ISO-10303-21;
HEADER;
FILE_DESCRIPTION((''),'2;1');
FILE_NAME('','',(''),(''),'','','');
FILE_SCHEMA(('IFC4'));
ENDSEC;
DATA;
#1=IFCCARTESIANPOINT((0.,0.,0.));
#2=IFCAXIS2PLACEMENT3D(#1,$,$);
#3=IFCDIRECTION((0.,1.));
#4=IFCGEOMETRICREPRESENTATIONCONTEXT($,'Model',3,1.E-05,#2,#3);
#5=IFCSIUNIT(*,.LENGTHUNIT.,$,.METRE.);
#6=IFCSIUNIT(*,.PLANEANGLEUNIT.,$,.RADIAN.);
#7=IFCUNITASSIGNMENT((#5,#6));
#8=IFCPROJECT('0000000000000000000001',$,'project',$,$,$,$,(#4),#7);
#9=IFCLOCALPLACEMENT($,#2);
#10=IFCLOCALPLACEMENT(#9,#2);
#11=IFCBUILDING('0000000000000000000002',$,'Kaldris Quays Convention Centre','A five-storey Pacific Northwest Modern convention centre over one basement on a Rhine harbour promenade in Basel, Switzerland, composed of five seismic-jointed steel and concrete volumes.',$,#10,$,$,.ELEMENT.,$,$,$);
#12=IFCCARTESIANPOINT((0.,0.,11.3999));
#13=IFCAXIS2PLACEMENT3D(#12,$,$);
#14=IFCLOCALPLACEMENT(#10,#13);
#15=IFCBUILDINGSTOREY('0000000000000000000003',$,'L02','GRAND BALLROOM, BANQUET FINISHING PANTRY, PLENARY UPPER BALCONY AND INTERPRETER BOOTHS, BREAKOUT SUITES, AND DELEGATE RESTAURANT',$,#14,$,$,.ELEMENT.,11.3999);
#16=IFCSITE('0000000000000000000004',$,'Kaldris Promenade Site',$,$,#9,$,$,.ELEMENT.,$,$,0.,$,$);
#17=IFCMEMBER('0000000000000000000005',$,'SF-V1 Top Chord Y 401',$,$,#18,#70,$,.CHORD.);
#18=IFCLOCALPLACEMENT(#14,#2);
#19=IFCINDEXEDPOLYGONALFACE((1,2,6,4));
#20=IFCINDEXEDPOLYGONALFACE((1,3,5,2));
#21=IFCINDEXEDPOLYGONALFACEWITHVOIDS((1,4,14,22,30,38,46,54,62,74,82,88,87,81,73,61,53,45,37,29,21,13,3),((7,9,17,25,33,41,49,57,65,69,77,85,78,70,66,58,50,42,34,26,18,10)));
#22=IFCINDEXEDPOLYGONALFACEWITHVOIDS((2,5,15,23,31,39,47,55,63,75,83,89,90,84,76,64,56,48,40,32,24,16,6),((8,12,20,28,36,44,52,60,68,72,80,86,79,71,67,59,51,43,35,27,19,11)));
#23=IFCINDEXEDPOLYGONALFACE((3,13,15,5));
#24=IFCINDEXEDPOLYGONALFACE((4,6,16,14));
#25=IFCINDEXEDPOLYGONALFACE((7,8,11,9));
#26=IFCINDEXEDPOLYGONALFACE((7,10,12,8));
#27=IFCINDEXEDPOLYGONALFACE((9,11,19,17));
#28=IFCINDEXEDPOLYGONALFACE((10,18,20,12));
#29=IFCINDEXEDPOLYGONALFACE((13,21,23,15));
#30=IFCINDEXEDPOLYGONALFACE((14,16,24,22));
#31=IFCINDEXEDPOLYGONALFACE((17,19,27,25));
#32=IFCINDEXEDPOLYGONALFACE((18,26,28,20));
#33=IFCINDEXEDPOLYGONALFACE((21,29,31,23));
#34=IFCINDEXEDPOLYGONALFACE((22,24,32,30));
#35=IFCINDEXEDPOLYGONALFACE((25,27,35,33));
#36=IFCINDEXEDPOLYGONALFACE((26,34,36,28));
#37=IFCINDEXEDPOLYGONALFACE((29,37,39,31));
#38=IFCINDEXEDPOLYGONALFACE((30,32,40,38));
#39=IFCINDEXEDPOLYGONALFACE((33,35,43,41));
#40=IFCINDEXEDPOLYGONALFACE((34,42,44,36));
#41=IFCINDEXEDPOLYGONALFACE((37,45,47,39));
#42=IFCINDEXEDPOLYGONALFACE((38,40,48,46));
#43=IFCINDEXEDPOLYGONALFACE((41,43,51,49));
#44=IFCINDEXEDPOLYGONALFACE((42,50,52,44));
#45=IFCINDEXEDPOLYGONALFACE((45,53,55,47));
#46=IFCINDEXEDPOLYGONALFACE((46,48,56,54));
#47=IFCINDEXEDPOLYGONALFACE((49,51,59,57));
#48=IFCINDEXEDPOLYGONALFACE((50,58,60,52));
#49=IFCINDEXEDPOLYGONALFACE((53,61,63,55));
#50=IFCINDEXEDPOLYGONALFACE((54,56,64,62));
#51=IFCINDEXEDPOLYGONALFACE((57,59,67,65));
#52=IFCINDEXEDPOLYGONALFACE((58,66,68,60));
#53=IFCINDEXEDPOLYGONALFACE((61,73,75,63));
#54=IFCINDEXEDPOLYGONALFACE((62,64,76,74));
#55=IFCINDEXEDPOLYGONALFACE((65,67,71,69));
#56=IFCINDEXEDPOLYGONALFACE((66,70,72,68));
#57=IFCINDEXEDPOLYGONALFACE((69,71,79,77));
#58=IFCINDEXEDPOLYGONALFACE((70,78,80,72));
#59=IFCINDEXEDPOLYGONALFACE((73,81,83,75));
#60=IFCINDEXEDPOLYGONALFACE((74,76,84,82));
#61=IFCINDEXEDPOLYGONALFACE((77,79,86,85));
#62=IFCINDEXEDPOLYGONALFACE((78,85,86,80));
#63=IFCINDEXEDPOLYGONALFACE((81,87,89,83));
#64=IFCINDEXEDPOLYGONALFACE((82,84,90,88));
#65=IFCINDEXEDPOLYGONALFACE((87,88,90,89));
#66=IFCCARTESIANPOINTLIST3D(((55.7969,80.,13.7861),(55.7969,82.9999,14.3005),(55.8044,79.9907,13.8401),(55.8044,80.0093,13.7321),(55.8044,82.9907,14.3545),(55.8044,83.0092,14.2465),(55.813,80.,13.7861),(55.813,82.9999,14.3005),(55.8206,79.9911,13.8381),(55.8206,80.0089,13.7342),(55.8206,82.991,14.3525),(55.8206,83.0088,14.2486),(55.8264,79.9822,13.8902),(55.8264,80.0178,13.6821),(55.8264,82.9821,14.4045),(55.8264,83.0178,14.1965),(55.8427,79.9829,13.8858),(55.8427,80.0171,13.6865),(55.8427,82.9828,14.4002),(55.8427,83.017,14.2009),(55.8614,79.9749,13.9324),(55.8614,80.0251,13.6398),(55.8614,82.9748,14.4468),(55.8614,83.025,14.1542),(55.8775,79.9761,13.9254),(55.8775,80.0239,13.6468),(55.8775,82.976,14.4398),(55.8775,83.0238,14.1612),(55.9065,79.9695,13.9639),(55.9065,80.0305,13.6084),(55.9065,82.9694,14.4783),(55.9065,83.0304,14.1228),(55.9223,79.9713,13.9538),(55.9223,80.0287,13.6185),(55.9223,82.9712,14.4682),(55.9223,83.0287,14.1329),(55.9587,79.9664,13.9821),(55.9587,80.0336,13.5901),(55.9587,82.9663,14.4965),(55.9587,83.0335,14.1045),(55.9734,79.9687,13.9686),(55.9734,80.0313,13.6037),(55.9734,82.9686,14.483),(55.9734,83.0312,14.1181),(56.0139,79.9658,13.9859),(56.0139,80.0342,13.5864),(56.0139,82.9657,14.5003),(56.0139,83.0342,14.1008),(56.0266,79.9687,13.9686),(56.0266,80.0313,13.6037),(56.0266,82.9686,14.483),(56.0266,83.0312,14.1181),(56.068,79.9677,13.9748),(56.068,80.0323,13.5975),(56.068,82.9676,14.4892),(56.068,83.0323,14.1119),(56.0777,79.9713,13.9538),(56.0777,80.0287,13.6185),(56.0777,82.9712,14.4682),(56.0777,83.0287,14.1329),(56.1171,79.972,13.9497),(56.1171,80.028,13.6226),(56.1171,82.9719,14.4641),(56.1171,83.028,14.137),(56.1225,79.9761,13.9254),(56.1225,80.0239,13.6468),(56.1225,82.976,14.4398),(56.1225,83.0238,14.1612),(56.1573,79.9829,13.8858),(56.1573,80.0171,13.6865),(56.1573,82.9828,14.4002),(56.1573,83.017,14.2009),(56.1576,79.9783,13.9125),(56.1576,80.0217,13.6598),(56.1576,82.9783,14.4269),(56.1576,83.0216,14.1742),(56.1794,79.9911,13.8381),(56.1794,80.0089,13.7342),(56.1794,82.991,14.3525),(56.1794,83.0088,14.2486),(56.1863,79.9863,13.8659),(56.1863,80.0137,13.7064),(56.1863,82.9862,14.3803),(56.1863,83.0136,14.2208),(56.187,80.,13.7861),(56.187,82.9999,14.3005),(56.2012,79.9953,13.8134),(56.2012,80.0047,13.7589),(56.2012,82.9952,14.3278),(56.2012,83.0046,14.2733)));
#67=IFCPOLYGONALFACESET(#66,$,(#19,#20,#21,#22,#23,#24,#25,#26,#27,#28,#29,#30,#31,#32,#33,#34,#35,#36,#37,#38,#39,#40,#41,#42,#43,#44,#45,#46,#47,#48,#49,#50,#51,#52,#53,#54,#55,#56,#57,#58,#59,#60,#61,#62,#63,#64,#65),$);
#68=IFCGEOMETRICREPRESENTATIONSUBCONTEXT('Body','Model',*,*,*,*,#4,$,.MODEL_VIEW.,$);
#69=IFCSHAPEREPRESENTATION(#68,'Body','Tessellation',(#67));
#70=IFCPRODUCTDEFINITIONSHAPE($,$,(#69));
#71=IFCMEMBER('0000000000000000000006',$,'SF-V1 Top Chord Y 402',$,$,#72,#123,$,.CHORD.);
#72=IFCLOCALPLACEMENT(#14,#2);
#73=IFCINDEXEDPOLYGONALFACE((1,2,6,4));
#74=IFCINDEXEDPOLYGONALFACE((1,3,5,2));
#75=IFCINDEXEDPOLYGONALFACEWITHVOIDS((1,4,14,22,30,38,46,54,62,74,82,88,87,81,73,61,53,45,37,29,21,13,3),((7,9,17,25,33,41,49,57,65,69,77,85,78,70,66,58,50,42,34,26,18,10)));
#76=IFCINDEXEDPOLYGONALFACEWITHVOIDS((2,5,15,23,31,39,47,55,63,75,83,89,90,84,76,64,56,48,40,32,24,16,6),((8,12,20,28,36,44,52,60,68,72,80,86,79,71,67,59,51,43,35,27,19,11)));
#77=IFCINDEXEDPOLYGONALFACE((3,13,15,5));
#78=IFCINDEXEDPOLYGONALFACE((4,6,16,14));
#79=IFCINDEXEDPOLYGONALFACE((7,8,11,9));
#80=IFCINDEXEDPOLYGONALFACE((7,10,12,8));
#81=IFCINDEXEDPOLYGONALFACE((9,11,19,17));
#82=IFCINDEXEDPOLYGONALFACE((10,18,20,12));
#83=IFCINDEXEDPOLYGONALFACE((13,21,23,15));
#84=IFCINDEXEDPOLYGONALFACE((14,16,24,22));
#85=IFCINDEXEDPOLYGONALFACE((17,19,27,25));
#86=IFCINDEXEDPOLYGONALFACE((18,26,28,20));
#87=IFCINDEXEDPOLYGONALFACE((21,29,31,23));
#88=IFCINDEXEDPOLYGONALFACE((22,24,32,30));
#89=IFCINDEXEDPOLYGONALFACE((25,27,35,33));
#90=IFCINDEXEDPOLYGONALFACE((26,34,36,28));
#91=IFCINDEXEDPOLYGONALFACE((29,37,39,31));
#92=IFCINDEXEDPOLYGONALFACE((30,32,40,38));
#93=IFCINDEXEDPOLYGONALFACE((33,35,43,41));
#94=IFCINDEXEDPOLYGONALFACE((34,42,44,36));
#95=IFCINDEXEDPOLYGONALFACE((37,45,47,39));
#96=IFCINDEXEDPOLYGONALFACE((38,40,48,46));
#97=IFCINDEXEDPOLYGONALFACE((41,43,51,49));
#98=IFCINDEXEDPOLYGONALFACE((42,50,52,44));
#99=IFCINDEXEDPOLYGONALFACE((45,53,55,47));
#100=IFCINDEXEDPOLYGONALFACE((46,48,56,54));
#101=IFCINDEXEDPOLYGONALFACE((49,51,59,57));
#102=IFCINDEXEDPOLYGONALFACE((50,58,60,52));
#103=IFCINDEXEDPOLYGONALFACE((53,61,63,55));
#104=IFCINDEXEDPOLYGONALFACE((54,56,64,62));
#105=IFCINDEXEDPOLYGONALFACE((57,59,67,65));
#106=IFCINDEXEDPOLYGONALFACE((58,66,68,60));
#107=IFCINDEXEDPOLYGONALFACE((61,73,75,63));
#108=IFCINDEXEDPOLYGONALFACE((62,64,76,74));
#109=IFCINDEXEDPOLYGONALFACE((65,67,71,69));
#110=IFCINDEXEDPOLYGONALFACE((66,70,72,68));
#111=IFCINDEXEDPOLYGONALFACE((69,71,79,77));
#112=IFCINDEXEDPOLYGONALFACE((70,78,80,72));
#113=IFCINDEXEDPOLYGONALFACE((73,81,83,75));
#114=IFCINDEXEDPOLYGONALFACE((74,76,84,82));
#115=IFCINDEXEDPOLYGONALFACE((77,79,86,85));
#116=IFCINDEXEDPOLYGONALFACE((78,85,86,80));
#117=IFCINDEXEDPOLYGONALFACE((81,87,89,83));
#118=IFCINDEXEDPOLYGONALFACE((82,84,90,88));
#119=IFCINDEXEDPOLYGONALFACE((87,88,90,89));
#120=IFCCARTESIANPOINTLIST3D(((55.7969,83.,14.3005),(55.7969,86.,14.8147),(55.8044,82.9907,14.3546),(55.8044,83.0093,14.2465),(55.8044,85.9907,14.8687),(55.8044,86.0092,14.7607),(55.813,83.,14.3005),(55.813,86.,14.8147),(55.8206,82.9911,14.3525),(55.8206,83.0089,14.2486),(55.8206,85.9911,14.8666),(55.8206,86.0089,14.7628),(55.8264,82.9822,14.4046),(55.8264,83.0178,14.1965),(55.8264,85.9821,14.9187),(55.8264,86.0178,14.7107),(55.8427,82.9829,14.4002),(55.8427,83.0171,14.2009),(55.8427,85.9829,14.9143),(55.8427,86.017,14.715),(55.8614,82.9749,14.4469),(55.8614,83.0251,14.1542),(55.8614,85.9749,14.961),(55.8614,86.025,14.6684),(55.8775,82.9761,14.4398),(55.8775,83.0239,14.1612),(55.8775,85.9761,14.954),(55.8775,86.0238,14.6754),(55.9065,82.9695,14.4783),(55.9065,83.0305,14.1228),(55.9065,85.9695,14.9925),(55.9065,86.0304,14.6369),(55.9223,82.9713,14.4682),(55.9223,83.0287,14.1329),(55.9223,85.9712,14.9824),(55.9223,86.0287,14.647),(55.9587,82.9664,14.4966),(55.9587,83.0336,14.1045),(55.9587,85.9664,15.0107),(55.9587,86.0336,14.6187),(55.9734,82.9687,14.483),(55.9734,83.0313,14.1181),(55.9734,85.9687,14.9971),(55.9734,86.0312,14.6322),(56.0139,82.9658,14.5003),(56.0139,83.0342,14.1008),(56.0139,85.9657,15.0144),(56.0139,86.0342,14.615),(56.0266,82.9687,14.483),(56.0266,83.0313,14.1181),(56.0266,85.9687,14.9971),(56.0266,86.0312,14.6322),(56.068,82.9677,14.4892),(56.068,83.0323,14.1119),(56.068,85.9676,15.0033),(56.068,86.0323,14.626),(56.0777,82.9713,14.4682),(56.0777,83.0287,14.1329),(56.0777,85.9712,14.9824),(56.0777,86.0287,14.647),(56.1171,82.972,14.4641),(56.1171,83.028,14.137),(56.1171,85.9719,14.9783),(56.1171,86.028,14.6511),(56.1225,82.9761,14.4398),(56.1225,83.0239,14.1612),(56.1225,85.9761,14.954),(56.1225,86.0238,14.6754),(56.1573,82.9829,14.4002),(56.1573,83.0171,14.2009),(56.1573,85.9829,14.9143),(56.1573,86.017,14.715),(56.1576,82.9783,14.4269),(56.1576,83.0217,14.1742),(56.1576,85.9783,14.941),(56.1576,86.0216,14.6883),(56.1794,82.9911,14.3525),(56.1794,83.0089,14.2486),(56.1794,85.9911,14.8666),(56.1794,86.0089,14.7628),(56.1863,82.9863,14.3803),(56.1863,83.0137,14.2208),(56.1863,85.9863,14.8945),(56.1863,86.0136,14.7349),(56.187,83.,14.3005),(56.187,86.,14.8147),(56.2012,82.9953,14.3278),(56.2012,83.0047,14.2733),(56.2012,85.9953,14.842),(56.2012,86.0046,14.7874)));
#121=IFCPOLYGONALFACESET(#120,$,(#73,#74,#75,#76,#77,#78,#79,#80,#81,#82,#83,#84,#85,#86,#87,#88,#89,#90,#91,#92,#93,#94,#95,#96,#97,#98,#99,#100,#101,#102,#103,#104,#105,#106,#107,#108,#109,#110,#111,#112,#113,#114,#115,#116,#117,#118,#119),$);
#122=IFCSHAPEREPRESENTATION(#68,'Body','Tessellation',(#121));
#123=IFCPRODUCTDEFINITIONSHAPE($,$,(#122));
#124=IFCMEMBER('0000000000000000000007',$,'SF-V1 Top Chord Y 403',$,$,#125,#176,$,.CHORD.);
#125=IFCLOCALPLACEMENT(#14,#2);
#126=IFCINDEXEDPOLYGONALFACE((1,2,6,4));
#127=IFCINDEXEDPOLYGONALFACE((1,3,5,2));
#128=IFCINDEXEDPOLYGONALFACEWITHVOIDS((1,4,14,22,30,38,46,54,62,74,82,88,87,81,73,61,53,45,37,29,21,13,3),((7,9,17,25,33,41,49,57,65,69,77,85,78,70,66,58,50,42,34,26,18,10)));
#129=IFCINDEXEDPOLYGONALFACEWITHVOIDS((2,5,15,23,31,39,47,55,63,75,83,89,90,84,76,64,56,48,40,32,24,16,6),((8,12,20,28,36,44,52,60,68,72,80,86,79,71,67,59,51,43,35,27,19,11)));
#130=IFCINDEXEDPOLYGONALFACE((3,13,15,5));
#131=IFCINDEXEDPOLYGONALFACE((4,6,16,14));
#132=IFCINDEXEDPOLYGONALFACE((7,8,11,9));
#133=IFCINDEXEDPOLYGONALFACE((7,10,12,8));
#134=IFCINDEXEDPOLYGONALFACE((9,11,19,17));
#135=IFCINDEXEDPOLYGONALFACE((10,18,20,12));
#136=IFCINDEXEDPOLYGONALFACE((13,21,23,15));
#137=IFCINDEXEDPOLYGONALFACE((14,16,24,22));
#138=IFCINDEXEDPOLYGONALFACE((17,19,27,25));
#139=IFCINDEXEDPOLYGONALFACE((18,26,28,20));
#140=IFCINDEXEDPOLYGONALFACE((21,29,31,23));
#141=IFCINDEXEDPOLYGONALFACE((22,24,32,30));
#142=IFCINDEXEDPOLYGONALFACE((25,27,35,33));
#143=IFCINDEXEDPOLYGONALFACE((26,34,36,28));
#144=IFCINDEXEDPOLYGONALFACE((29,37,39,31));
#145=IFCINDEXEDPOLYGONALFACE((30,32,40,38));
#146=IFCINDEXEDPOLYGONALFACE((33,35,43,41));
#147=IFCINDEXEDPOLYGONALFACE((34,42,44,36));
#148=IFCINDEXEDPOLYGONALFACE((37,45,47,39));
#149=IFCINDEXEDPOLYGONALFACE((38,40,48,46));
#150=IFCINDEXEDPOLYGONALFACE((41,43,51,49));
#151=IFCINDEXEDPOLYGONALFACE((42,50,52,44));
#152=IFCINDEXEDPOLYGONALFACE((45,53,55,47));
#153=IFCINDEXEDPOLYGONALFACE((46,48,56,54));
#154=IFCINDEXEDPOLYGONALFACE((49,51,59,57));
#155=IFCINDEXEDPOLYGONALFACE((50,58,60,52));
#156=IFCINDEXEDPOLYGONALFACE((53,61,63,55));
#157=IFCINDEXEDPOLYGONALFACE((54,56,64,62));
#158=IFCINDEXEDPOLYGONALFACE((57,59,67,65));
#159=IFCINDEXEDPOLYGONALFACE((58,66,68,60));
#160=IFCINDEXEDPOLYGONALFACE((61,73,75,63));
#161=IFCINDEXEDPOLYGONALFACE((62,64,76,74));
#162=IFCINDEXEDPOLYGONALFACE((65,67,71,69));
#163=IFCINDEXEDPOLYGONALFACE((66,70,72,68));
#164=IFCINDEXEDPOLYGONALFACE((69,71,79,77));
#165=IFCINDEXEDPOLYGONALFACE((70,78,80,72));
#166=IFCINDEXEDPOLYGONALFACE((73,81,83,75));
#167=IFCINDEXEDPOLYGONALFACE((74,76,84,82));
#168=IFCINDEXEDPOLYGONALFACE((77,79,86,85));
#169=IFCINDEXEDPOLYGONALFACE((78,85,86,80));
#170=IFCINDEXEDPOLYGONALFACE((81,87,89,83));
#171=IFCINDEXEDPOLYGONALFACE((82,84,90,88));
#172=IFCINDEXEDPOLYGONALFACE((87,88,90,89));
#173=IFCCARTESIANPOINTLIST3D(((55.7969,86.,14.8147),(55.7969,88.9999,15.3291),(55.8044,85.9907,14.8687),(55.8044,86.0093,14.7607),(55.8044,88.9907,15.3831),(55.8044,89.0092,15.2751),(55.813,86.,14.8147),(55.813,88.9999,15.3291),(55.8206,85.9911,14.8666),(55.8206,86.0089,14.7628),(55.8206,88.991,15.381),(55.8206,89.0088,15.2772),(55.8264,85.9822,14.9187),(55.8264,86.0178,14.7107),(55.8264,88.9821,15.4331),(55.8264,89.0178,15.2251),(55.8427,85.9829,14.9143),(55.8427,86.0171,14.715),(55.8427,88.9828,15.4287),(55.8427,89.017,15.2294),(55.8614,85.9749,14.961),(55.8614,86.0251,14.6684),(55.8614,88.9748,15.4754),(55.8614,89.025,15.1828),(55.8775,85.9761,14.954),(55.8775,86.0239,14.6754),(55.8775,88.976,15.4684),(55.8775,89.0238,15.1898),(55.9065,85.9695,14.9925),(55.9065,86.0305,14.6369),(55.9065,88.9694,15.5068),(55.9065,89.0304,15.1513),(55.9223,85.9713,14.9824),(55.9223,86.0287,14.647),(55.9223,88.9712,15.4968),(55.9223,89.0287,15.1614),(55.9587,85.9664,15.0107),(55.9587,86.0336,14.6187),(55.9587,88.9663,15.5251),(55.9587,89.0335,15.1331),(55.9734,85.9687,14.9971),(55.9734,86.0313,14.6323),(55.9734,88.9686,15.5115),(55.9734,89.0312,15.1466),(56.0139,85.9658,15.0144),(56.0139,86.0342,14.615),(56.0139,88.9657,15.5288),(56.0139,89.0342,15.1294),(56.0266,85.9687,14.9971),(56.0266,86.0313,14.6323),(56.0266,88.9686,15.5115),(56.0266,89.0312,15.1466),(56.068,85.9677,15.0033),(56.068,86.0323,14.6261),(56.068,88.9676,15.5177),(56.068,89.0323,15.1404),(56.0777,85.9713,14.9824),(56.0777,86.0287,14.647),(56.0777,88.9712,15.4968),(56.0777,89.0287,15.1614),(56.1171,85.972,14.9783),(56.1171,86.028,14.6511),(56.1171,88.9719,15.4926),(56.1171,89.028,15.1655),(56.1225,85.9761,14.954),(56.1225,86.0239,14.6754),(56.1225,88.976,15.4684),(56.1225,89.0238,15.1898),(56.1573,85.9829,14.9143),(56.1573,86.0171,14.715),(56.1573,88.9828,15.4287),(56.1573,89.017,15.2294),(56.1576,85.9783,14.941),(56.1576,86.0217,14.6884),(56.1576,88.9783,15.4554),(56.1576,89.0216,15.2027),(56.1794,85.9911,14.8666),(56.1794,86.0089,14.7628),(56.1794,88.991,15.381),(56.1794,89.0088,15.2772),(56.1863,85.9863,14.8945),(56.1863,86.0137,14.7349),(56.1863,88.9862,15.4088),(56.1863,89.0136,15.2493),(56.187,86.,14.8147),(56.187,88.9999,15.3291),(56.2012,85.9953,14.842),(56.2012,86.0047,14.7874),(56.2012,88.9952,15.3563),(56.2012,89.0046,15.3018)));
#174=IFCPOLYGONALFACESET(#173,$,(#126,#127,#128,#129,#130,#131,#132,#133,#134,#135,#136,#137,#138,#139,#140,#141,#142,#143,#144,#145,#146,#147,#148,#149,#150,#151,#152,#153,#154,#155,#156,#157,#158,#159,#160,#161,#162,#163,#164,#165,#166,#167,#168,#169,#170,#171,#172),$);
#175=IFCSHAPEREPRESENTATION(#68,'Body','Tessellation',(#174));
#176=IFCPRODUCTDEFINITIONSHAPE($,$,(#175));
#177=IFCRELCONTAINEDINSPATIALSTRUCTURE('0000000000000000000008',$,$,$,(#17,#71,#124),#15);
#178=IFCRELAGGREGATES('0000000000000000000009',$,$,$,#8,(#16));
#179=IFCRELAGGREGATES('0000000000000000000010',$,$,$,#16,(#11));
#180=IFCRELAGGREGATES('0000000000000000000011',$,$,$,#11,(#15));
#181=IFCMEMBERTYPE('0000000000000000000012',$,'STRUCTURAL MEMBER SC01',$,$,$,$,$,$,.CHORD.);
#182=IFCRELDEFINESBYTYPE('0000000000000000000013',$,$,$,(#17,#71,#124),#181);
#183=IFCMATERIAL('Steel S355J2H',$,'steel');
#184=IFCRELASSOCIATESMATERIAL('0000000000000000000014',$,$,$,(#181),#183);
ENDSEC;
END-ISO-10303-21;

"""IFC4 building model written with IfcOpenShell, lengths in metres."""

from ifc_helpers import new_model, si_unit, direction, frame, origin, origin_2d, place, context, subcontext, project, spatial, hollow_circle, extrude, material, material_profile, profile_set, type_object, element, save


model = new_model("IFC4")

# Units and contexts
model_context = context("Model", 3, precision=1e-05, world=origin(), true_north=direction((0.0, 1.0)))
body_context = subcontext(model_context, "Body", "Model", "MODEL_VIEW")
ifc_project = project(units=[si_unit("LENGTHUNIT", "METRE"), si_unit("PLANEANGLEUNIT", "RADIAN")], contexts=[model_context])

# Site, building, storey
site_placement = place(None, origin())
site = spatial("IfcSite", under=ifc_project, at=site_placement, Name="Kaldris Promenade Site", CompositionType="ELEMENT", RefElevation=0.0)
building_placement = place(site_placement, origin())
building = spatial("IfcBuilding", under=site, at=building_placement, Name="Kaldris Quays Convention Centre", Description="A five-storey Pacific Northwest Modern convention centre over one basement on a Rhine harbour promenade in Basel, Switzerland, composed of five seismic-jointed steel and concrete volumes.", CompositionType="ELEMENT")
storey_placement = place(building_placement, frame((0.0, 0.0, 11.3999)))
storey = spatial("IfcBuildingStorey", under=building, at=storey_placement, Name="L02", Description="GRAND BALLROOM, BANQUET FINISHING PANTRY, PLENARY UPPER BALCONY AND INTERPRETER BOOTHS, BREAKOUT SUITES, AND DELEGATE RESTAURANT", CompositionType="ELEMENT", Elevation=11.3999)

# Members
ifc_material_1 = material(Name="Steel S355J2H", Category="steel")
ifc_material_profile_1 = material_profile(ifc_material_1, hollow_circle(Radius=0.2031, WallThickness=0.0161, at=origin_2d()), Name="CHS 406.4x16")
ifc_profile_set_1 = profile_set([ifc_material_profile_1], Name="Steel S355J2H")
member_type_1 = type_object("IfcMemberType", Name="STRUCTURAL MEMBER SC01", PredefinedType="CHORD", material=ifc_profile_set_1)
for number, where, z_axis, x_axis, name in (
    (1, (56.0, 80.0, 13.7861), (0.0, 0.985616, 0.169002), (-1.0, 0.0, 0.0), "SF-V1 Top Chord Y 401"),
    (2, (56.0, 83.0, 14.3005), (0.0, 0.985629, 0.168924), (-1.0, 0.0, 0.0), "SF-V1 Top Chord Y 402"),
    (3, (56.0, 86.0, 14.8147), (0.0, 0.985616, 0.169002), (-1.0, 0.0, 0.0), "SF-V1 Top Chord Y 403"),
):
    element("IfcMember", number, at=place(storey_placement, frame(where, z_axis=z_axis, x_axis=x_axis)), inside=storey, type_object=member_type_1, Name=name, PredefinedType="CHORD", context=body_context, shape_type="SweptSolid", body=[
        extrude(hollow_circle(Radius=0.2031, WallThickness=0.0161, at=origin_2d()), origin(), (0.0, 0.0, 1.0), 3.0437),
    ])

save(model, "model.ifc")
